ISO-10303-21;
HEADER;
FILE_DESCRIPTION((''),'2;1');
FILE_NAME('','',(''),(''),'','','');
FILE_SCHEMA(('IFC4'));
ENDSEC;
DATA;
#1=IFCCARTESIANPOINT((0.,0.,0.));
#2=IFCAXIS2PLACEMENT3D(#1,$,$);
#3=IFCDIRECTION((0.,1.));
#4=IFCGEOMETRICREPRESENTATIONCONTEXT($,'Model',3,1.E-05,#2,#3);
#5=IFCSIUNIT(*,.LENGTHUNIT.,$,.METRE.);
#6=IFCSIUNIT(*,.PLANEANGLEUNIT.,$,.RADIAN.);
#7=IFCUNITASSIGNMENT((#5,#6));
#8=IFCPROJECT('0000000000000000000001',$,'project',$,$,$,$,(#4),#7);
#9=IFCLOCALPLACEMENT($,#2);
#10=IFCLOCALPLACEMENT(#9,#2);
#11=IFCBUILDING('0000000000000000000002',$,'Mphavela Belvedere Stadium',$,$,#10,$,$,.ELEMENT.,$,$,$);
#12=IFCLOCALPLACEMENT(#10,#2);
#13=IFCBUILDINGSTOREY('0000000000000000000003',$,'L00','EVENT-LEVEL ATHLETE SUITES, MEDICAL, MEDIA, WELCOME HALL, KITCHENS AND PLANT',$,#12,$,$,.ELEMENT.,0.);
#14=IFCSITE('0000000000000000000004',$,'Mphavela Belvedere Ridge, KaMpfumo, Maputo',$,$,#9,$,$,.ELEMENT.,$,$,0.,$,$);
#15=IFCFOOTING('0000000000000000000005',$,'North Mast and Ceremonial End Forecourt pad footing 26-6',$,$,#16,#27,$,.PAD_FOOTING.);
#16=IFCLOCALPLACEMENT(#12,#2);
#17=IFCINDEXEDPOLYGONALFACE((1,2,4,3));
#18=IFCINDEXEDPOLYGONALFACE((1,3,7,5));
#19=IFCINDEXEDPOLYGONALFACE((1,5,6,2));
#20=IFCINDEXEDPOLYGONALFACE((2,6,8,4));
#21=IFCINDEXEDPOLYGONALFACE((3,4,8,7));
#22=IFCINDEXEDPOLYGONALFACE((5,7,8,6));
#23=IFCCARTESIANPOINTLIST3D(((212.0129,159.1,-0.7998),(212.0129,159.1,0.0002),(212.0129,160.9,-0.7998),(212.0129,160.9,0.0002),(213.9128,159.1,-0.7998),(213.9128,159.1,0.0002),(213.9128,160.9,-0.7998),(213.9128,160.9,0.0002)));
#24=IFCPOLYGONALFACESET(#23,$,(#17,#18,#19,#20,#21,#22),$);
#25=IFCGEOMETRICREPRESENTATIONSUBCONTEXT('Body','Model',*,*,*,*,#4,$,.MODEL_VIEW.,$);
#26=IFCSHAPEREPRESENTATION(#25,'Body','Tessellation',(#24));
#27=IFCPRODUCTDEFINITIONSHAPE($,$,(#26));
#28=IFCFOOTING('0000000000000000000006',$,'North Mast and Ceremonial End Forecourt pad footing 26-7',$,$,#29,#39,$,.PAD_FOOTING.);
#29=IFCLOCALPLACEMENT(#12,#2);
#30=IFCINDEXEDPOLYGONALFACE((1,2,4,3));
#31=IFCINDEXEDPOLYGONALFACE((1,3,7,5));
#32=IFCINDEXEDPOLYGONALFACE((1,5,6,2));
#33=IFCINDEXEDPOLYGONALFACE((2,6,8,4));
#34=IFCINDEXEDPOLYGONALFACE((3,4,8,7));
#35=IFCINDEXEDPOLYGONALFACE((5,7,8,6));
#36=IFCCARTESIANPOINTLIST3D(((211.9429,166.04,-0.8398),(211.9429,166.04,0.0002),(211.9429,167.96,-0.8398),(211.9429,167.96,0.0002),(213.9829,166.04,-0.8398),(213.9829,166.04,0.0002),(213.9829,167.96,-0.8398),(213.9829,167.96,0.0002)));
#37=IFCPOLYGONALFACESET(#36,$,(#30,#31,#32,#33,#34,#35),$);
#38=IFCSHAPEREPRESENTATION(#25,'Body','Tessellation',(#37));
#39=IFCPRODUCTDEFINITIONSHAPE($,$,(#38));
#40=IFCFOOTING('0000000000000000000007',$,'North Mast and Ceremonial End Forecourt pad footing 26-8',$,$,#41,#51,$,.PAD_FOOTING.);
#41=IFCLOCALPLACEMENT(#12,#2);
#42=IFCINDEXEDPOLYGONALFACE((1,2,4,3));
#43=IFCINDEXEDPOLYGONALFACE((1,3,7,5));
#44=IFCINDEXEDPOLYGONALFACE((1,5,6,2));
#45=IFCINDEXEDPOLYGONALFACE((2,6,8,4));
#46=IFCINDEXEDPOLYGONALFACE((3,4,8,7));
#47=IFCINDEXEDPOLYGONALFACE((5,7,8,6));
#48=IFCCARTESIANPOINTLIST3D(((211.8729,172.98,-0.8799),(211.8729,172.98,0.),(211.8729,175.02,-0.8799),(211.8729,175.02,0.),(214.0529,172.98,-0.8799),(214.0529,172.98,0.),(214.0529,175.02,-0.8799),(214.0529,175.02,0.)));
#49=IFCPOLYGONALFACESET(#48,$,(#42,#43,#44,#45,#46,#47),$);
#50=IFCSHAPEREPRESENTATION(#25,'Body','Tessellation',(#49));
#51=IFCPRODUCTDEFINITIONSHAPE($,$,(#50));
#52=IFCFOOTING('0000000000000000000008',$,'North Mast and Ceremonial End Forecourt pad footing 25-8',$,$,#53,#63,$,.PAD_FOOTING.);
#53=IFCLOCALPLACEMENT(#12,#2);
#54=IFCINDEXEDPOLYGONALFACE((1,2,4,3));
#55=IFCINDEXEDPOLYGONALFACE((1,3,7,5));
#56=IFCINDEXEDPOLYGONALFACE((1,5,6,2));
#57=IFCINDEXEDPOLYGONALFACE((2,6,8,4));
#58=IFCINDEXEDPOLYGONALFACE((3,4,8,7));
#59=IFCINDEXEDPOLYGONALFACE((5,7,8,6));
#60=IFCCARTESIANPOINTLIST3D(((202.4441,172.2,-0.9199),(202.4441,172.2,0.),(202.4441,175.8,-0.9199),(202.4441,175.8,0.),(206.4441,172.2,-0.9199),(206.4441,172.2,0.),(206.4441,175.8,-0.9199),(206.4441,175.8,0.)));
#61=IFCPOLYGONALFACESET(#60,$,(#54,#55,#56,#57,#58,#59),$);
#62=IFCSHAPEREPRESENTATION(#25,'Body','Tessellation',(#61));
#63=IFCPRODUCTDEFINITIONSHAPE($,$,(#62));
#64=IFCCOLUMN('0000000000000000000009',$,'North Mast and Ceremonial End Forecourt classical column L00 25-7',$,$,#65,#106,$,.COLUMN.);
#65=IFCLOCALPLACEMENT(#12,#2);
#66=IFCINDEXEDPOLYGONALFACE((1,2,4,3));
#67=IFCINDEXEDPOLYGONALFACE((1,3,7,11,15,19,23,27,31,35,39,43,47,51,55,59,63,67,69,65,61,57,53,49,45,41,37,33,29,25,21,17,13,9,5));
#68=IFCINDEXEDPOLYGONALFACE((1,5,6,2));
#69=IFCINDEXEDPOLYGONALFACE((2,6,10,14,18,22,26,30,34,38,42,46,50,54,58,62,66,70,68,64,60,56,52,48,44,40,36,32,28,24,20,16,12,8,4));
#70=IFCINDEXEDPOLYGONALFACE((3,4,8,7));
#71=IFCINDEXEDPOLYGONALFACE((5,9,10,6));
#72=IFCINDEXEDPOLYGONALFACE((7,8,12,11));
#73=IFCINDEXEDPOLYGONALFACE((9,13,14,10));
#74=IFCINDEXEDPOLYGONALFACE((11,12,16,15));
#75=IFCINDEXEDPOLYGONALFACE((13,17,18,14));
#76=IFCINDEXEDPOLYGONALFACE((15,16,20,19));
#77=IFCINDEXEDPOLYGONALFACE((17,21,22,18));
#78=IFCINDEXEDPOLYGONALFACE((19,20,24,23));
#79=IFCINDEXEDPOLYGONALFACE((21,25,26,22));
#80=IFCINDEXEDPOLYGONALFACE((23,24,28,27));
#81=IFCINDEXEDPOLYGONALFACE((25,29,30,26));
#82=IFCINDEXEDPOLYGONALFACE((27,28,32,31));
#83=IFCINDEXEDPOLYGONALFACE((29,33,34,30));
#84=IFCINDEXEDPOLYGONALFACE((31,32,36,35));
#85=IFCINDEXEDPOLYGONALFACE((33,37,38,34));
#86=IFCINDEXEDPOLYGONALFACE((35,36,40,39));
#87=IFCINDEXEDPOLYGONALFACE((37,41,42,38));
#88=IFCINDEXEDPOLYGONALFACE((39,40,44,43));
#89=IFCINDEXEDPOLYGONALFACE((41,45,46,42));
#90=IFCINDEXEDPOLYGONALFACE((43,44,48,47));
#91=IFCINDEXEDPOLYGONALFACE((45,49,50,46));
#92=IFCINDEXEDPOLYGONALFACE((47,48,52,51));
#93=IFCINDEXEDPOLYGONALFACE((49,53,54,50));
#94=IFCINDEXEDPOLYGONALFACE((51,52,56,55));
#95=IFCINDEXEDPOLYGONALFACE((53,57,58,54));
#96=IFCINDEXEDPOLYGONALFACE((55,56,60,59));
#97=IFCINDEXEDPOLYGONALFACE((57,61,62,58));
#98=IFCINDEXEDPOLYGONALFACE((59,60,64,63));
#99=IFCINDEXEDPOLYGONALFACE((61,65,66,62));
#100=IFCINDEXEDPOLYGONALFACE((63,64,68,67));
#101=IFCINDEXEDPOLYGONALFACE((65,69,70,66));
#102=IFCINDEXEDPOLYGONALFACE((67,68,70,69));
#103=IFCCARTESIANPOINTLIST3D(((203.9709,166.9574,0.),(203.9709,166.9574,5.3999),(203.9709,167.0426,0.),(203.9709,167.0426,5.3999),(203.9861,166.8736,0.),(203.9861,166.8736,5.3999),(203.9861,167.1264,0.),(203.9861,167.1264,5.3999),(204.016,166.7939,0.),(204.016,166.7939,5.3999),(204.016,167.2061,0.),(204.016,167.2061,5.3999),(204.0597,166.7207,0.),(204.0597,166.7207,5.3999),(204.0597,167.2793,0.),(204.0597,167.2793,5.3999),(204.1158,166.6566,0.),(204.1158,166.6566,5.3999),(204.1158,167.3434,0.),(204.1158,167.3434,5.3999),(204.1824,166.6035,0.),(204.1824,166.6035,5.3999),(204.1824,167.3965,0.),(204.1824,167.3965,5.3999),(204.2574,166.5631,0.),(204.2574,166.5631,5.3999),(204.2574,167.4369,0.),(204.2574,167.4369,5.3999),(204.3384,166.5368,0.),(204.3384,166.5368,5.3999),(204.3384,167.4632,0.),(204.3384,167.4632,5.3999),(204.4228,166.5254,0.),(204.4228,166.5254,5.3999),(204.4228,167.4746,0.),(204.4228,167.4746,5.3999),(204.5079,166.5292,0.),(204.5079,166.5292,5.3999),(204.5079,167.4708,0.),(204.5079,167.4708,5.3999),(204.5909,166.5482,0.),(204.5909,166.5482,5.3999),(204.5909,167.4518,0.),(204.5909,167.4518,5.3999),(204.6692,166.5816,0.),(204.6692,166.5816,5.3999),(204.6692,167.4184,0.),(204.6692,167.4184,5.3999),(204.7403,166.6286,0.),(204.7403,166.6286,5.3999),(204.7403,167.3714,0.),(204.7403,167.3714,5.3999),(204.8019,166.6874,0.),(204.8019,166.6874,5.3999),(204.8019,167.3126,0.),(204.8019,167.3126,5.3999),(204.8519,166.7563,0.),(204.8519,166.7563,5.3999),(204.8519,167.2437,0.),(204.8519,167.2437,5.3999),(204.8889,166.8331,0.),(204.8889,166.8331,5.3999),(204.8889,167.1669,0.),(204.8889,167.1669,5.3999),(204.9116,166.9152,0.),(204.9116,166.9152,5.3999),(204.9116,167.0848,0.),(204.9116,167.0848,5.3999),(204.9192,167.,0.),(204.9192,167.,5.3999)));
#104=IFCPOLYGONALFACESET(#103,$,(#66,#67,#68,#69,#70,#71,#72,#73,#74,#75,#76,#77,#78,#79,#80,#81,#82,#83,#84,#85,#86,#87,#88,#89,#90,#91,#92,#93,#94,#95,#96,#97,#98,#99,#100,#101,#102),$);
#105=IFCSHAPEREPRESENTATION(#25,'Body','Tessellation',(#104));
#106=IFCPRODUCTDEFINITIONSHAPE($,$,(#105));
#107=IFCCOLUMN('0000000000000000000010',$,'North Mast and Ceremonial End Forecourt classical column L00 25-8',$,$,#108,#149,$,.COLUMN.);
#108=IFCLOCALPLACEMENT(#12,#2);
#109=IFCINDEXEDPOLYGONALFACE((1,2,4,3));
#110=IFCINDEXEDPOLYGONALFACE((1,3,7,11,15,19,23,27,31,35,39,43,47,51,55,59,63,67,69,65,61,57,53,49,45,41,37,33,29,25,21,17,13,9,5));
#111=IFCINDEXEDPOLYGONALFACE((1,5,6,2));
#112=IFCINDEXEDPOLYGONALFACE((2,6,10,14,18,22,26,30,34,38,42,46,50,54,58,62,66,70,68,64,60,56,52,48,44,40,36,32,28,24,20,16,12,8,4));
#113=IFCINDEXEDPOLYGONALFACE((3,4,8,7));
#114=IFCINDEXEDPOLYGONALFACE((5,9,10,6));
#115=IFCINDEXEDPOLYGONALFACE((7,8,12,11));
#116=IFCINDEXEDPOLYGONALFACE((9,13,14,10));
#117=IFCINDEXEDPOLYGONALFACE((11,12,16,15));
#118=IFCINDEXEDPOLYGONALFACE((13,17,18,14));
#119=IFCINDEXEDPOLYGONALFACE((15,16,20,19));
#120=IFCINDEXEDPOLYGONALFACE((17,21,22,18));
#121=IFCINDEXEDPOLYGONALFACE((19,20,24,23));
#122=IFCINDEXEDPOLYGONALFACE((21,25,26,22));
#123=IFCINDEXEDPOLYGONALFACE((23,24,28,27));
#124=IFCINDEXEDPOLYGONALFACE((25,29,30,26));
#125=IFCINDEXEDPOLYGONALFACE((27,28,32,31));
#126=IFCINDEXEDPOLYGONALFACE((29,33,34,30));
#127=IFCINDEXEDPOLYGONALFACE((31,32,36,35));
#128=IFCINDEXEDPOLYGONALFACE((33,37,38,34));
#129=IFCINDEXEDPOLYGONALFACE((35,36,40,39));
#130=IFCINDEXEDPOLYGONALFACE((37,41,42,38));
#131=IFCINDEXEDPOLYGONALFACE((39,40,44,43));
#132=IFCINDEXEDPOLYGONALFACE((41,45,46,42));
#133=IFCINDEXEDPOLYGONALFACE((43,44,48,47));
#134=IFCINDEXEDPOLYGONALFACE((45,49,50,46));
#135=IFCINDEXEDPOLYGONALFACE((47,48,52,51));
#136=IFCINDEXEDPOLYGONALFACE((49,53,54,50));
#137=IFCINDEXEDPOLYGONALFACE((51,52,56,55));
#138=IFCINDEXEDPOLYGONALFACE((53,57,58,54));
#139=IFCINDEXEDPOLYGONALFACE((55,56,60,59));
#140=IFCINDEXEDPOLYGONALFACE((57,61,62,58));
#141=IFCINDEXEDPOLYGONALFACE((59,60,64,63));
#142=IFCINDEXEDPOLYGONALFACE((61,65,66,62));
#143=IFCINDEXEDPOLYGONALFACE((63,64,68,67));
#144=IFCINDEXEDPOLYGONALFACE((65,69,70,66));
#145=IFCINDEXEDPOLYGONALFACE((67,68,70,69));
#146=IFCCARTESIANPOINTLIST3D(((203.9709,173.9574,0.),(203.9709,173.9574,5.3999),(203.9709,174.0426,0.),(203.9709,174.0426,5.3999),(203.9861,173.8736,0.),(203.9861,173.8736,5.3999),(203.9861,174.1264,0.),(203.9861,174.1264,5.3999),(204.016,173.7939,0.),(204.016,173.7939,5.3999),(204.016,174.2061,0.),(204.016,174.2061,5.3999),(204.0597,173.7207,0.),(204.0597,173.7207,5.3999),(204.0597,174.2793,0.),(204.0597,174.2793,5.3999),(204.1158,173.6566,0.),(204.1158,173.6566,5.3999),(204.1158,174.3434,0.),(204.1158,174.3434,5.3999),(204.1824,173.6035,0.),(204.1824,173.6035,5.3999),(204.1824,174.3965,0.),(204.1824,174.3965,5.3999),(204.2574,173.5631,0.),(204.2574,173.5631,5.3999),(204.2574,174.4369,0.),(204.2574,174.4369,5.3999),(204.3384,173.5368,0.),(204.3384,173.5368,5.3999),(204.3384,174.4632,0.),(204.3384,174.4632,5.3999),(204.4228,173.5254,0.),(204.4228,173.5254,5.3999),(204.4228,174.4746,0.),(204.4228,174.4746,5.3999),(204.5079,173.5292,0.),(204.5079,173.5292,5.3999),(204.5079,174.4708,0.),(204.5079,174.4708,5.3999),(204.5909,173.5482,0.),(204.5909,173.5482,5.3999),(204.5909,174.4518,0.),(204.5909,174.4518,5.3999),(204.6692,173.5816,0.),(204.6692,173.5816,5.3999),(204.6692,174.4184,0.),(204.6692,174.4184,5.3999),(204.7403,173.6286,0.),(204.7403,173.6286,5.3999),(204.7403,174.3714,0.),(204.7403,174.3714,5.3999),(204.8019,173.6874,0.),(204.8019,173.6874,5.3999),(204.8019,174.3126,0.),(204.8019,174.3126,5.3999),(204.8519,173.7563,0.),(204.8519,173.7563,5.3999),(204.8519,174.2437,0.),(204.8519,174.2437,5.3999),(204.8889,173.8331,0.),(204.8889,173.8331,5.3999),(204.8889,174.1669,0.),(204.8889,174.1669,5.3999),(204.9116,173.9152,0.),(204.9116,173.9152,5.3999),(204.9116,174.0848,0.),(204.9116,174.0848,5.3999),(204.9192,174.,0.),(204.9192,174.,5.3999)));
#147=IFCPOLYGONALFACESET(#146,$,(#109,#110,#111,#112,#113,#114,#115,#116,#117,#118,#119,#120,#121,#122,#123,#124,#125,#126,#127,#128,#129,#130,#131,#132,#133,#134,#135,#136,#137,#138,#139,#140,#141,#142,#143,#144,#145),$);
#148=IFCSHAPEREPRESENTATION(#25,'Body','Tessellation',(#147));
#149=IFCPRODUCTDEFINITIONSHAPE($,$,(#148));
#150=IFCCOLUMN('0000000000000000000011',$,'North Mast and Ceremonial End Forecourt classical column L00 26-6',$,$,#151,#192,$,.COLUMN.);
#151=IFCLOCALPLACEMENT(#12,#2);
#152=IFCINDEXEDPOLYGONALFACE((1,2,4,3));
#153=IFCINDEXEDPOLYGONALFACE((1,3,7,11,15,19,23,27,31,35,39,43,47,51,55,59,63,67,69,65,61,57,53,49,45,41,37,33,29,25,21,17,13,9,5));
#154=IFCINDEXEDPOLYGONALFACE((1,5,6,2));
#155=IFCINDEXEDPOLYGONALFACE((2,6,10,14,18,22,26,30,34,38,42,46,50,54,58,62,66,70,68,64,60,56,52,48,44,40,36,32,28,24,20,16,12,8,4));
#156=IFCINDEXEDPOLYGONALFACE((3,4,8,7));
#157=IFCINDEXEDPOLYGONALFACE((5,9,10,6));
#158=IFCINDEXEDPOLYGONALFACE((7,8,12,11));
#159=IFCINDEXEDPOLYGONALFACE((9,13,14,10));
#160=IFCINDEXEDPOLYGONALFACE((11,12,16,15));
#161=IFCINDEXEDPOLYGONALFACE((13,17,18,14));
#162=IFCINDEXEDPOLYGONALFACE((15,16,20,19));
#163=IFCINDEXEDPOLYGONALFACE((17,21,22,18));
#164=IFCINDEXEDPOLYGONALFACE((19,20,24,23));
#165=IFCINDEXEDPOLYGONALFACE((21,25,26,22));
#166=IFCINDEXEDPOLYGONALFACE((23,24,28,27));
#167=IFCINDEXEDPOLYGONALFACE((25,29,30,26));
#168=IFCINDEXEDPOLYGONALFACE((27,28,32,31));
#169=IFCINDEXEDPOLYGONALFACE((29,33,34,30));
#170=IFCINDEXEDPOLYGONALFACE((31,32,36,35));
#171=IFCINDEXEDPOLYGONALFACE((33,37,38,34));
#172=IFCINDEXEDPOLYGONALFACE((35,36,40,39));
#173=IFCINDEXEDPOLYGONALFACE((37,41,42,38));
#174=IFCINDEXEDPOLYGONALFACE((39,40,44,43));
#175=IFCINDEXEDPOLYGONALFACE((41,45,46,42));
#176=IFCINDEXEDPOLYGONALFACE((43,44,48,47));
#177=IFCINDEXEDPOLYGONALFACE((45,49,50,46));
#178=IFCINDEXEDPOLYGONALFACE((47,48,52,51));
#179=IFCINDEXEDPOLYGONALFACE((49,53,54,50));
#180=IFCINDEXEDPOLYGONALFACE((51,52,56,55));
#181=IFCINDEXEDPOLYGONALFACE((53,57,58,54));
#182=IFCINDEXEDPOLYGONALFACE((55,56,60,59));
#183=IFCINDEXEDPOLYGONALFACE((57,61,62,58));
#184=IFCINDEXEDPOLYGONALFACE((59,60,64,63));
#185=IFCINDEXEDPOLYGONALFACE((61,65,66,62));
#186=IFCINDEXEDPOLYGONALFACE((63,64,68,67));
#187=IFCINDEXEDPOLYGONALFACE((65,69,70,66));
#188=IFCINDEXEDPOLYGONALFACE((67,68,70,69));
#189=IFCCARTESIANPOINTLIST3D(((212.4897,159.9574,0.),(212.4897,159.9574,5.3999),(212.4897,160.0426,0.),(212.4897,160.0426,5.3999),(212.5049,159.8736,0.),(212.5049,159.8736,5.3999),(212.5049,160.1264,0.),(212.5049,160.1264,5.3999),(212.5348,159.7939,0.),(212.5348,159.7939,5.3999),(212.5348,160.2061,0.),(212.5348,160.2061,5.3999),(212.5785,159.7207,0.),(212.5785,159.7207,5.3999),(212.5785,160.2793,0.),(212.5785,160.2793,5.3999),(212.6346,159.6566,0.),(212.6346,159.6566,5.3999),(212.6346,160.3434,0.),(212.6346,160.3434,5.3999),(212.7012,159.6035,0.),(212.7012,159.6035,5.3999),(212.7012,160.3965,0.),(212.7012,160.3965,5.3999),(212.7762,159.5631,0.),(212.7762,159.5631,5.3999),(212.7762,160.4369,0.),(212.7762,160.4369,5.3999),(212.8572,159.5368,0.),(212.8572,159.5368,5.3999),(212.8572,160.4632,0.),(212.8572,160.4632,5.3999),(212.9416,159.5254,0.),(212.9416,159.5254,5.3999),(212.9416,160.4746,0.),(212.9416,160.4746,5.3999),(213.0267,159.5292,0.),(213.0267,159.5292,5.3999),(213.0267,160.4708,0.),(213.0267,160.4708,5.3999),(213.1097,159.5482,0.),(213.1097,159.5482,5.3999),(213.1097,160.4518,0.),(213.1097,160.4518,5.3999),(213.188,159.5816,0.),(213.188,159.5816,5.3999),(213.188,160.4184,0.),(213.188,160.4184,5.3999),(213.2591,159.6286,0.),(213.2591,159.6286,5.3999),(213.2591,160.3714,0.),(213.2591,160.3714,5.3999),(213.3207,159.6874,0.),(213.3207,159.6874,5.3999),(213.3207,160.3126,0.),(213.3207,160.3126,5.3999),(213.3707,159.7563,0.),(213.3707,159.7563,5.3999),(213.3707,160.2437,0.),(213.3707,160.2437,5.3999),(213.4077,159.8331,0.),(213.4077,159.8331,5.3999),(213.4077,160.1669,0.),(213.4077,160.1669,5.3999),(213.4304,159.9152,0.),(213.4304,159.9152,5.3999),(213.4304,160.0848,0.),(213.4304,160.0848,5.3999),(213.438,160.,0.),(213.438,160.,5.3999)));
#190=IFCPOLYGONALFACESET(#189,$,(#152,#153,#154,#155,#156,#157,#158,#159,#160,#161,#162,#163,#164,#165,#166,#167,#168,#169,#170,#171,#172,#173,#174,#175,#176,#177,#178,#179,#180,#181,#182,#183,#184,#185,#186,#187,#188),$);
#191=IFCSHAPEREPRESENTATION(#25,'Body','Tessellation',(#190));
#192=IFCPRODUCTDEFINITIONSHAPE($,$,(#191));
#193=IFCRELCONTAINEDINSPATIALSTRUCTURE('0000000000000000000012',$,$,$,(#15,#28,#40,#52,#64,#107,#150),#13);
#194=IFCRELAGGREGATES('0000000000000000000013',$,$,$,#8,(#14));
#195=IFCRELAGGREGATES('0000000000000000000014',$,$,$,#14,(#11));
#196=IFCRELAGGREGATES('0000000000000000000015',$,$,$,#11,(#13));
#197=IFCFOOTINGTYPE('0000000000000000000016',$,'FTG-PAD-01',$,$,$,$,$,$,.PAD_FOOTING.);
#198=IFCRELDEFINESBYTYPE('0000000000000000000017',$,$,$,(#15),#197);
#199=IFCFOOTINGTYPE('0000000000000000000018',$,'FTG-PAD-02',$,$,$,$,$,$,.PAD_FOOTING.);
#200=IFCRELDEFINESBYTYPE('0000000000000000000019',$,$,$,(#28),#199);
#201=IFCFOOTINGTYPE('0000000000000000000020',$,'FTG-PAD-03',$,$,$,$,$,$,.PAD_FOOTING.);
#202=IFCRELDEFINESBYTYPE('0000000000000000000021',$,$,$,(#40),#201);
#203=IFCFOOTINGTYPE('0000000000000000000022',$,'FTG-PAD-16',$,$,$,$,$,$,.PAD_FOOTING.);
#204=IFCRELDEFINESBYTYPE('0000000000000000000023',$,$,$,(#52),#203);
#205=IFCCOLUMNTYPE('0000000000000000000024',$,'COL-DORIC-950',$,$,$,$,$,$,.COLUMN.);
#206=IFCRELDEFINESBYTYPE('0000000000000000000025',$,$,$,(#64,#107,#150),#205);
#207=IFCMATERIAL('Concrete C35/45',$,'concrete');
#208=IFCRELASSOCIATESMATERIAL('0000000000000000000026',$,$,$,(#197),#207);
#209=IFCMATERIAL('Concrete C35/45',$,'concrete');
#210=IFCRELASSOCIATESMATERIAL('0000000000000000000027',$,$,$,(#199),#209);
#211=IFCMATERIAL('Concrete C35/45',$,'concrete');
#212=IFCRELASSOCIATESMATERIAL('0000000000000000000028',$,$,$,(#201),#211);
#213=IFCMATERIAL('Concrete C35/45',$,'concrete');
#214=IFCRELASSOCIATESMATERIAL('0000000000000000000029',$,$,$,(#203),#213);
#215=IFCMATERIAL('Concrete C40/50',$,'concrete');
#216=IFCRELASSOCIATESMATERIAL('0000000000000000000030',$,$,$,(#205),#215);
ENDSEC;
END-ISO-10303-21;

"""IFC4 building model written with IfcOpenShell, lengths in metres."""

from ifc_helpers import new_model, si_unit, direction, frame, origin, origin_2d, place, context, subcontext, project, spatial, rectangle, circle, extrude, material, material_profile, profile_set, type_object, element, save


model = new_model("IFC4")

# Units and contexts
model_context = context("Model", 3, precision=1e-05, world=origin(), true_north=direction((0.0, 1.0)))
body_context = subcontext(model_context, "Body", "Model", "MODEL_VIEW")
ifc_project = project(units=[si_unit("LENGTHUNIT", "METRE"), si_unit("PLANEANGLEUNIT", "RADIAN")], contexts=[model_context])

# Site, building, storey
site_placement = place(None, origin())
site = spatial("IfcSite", under=ifc_project, at=site_placement, Name="Mphavela Belvedere Ridge, KaMpfumo, Maputo", CompositionType="ELEMENT", RefElevation=0.0)
building_placement = place(site_placement, origin())
building = spatial("IfcBuilding", under=site, at=building_placement, Name="Mphavela Belvedere Stadium", CompositionType="ELEMENT")
storey_placement = place(building_placement, origin())
storey = spatial("IfcBuildingStorey", under=building, at=storey_placement, Name="L00", Description="EVENT-LEVEL ATHLETE SUITES, MEDICAL, MEDIA, WELCOME HALL, KITCHENS AND PLANT", CompositionType="ELEMENT", Elevation=0.0)

# Footings
ifc_material_1 = material(Name="Concrete C35/45", Category="concrete")
footing_type_1 = type_object("IfcFootingType", Name="FTG-PAD-01", PredefinedType="PAD_FOOTING", material=ifc_material_1)
footing_1_placement = place(storey_placement, frame((212.9629, 160.0, -0.7998), z_axis=(0.0, 0.0, 1.0), x_axis=(1.0, 0.0, 0.0)))
element("IfcFooting", 1, at=footing_1_placement, inside=storey, type_object=footing_type_1, Name="North Mast and Ceremonial End Forecourt pad footing 26-6", PredefinedType="PAD_FOOTING", context=body_context, shape_type="SweptSolid", body=[
    extrude(rectangle(XDim=1.8999, YDim=1.8, at=origin_2d()), origin(), (0.0, 0.0, 1.0), 0.8),
])
ifc_material_2 = material(Name="Concrete C35/45", Category="concrete")
footing_type_2 = type_object("IfcFootingType", Name="FTG-PAD-02", PredefinedType="PAD_FOOTING", material=ifc_material_2)
footing_2_placement = place(storey_placement, frame((212.9629, 167.0, -0.8398), z_axis=(0.0, 0.0, 1.0), x_axis=(1.0, 0.0, 0.0)))
element("IfcFooting", 2, at=footing_2_placement, inside=storey, type_object=footing_type_2, Name="North Mast and Ceremonial End Forecourt pad footing 26-7", PredefinedType="PAD_FOOTING", context=body_context, shape_type="SweptSolid", body=[
    extrude(rectangle(XDim=2.04, YDim=1.9199, at=origin_2d()), origin(), (0.0, 0.0, 1.0), 0.8401),
])
ifc_material_3 = material(Name="Concrete C35/45", Category="concrete")
footing_type_3 = type_object("IfcFootingType", Name="FTG-PAD-03", PredefinedType="PAD_FOOTING", material=ifc_material_3)
footing_3_placement = place(storey_placement, frame((212.9629, 174.0, -0.8799), z_axis=(0.0, 0.0, 1.0), x_axis=(1.0, 0.0, 0.0)))
element("IfcFooting", 3, at=footing_3_placement, inside=storey, type_object=footing_type_3, Name="North Mast and Ceremonial End Forecourt pad footing 26-8", PredefinedType="PAD_FOOTING", context=body_context, shape_type="SweptSolid", body=[
    extrude(rectangle(XDim=2.1799, YDim=2.04, at=origin_2d()), origin(), (0.0, 0.0, 1.0), 0.8799),
])
ifc_material_4 = material(Name="Concrete C35/45", Category="concrete")
footing_type_4 = type_object("IfcFootingType", Name="FTG-PAD-16", PredefinedType="PAD_FOOTING", material=ifc_material_4)
footing_4_placement = place(storey_placement, frame((204.4441, 174.0, -0.9199), z_axis=(0.0, 0.0, 1.0), x_axis=(1.0, 0.0, 0.0)))
element("IfcFooting", 4, at=footing_4_placement, inside=storey, type_object=footing_type_4, Name="North Mast and Ceremonial End Forecourt pad footing 25-8", PredefinedType="PAD_FOOTING", context=body_context, shape_type="SweptSolid", body=[
    extrude(rectangle(XDim=4.0, YDim=3.6001, at=origin_2d()), origin(), (0.0, 0.0, 1.0), 0.9199),
])

# Columns
ifc_material_5 = material(Name="Concrete C40/50", Category="concrete")
ifc_material_profile_1 = material_profile(ifc_material_5, circle(Radius=0.4751, at=origin_2d()), Name="COL D950")
ifc_profile_set_1 = profile_set([ifc_material_profile_1], Name="Concrete C40/50")
column_type = type_object("IfcColumnType", Name="COL-DORIC-950", PredefinedType="COLUMN", material=ifc_profile_set_1)
for number, where, z_axis, x_axis, name in (
    (5, (204.4441, 167.0, 0.0), (0.0, 0.0, 1.0), (1.0, 0.0, 0.0), "North Mast and Ceremonial End Forecourt classical column L00 25-7"),
    (6, (204.4441, 174.0, 0.0), (0.0, 0.0, 1.0), (1.0, 0.0, 0.0), "North Mast and Ceremonial End Forecourt classical column L00 25-8"),
    (7, (212.9629, 160.0, 0.0), (0.0, 0.0, 1.0), (1.0, 0.0, 0.0), "North Mast and Ceremonial End Forecourt classical column L00 26-6"),
):
    element("IfcColumn", number, at=place(storey_placement, frame(where, z_axis=z_axis, x_axis=x_axis)), inside=storey, type_object=column_type, Name=name, PredefinedType="COLUMN", context=body_context, shape_type="SweptSolid", body=[
        extrude(circle(Radius=0.4751, at=origin_2d()), origin(), (0.0, 0.0, 1.0), 5.3999),
    ])

save(model, "model.ifc")
